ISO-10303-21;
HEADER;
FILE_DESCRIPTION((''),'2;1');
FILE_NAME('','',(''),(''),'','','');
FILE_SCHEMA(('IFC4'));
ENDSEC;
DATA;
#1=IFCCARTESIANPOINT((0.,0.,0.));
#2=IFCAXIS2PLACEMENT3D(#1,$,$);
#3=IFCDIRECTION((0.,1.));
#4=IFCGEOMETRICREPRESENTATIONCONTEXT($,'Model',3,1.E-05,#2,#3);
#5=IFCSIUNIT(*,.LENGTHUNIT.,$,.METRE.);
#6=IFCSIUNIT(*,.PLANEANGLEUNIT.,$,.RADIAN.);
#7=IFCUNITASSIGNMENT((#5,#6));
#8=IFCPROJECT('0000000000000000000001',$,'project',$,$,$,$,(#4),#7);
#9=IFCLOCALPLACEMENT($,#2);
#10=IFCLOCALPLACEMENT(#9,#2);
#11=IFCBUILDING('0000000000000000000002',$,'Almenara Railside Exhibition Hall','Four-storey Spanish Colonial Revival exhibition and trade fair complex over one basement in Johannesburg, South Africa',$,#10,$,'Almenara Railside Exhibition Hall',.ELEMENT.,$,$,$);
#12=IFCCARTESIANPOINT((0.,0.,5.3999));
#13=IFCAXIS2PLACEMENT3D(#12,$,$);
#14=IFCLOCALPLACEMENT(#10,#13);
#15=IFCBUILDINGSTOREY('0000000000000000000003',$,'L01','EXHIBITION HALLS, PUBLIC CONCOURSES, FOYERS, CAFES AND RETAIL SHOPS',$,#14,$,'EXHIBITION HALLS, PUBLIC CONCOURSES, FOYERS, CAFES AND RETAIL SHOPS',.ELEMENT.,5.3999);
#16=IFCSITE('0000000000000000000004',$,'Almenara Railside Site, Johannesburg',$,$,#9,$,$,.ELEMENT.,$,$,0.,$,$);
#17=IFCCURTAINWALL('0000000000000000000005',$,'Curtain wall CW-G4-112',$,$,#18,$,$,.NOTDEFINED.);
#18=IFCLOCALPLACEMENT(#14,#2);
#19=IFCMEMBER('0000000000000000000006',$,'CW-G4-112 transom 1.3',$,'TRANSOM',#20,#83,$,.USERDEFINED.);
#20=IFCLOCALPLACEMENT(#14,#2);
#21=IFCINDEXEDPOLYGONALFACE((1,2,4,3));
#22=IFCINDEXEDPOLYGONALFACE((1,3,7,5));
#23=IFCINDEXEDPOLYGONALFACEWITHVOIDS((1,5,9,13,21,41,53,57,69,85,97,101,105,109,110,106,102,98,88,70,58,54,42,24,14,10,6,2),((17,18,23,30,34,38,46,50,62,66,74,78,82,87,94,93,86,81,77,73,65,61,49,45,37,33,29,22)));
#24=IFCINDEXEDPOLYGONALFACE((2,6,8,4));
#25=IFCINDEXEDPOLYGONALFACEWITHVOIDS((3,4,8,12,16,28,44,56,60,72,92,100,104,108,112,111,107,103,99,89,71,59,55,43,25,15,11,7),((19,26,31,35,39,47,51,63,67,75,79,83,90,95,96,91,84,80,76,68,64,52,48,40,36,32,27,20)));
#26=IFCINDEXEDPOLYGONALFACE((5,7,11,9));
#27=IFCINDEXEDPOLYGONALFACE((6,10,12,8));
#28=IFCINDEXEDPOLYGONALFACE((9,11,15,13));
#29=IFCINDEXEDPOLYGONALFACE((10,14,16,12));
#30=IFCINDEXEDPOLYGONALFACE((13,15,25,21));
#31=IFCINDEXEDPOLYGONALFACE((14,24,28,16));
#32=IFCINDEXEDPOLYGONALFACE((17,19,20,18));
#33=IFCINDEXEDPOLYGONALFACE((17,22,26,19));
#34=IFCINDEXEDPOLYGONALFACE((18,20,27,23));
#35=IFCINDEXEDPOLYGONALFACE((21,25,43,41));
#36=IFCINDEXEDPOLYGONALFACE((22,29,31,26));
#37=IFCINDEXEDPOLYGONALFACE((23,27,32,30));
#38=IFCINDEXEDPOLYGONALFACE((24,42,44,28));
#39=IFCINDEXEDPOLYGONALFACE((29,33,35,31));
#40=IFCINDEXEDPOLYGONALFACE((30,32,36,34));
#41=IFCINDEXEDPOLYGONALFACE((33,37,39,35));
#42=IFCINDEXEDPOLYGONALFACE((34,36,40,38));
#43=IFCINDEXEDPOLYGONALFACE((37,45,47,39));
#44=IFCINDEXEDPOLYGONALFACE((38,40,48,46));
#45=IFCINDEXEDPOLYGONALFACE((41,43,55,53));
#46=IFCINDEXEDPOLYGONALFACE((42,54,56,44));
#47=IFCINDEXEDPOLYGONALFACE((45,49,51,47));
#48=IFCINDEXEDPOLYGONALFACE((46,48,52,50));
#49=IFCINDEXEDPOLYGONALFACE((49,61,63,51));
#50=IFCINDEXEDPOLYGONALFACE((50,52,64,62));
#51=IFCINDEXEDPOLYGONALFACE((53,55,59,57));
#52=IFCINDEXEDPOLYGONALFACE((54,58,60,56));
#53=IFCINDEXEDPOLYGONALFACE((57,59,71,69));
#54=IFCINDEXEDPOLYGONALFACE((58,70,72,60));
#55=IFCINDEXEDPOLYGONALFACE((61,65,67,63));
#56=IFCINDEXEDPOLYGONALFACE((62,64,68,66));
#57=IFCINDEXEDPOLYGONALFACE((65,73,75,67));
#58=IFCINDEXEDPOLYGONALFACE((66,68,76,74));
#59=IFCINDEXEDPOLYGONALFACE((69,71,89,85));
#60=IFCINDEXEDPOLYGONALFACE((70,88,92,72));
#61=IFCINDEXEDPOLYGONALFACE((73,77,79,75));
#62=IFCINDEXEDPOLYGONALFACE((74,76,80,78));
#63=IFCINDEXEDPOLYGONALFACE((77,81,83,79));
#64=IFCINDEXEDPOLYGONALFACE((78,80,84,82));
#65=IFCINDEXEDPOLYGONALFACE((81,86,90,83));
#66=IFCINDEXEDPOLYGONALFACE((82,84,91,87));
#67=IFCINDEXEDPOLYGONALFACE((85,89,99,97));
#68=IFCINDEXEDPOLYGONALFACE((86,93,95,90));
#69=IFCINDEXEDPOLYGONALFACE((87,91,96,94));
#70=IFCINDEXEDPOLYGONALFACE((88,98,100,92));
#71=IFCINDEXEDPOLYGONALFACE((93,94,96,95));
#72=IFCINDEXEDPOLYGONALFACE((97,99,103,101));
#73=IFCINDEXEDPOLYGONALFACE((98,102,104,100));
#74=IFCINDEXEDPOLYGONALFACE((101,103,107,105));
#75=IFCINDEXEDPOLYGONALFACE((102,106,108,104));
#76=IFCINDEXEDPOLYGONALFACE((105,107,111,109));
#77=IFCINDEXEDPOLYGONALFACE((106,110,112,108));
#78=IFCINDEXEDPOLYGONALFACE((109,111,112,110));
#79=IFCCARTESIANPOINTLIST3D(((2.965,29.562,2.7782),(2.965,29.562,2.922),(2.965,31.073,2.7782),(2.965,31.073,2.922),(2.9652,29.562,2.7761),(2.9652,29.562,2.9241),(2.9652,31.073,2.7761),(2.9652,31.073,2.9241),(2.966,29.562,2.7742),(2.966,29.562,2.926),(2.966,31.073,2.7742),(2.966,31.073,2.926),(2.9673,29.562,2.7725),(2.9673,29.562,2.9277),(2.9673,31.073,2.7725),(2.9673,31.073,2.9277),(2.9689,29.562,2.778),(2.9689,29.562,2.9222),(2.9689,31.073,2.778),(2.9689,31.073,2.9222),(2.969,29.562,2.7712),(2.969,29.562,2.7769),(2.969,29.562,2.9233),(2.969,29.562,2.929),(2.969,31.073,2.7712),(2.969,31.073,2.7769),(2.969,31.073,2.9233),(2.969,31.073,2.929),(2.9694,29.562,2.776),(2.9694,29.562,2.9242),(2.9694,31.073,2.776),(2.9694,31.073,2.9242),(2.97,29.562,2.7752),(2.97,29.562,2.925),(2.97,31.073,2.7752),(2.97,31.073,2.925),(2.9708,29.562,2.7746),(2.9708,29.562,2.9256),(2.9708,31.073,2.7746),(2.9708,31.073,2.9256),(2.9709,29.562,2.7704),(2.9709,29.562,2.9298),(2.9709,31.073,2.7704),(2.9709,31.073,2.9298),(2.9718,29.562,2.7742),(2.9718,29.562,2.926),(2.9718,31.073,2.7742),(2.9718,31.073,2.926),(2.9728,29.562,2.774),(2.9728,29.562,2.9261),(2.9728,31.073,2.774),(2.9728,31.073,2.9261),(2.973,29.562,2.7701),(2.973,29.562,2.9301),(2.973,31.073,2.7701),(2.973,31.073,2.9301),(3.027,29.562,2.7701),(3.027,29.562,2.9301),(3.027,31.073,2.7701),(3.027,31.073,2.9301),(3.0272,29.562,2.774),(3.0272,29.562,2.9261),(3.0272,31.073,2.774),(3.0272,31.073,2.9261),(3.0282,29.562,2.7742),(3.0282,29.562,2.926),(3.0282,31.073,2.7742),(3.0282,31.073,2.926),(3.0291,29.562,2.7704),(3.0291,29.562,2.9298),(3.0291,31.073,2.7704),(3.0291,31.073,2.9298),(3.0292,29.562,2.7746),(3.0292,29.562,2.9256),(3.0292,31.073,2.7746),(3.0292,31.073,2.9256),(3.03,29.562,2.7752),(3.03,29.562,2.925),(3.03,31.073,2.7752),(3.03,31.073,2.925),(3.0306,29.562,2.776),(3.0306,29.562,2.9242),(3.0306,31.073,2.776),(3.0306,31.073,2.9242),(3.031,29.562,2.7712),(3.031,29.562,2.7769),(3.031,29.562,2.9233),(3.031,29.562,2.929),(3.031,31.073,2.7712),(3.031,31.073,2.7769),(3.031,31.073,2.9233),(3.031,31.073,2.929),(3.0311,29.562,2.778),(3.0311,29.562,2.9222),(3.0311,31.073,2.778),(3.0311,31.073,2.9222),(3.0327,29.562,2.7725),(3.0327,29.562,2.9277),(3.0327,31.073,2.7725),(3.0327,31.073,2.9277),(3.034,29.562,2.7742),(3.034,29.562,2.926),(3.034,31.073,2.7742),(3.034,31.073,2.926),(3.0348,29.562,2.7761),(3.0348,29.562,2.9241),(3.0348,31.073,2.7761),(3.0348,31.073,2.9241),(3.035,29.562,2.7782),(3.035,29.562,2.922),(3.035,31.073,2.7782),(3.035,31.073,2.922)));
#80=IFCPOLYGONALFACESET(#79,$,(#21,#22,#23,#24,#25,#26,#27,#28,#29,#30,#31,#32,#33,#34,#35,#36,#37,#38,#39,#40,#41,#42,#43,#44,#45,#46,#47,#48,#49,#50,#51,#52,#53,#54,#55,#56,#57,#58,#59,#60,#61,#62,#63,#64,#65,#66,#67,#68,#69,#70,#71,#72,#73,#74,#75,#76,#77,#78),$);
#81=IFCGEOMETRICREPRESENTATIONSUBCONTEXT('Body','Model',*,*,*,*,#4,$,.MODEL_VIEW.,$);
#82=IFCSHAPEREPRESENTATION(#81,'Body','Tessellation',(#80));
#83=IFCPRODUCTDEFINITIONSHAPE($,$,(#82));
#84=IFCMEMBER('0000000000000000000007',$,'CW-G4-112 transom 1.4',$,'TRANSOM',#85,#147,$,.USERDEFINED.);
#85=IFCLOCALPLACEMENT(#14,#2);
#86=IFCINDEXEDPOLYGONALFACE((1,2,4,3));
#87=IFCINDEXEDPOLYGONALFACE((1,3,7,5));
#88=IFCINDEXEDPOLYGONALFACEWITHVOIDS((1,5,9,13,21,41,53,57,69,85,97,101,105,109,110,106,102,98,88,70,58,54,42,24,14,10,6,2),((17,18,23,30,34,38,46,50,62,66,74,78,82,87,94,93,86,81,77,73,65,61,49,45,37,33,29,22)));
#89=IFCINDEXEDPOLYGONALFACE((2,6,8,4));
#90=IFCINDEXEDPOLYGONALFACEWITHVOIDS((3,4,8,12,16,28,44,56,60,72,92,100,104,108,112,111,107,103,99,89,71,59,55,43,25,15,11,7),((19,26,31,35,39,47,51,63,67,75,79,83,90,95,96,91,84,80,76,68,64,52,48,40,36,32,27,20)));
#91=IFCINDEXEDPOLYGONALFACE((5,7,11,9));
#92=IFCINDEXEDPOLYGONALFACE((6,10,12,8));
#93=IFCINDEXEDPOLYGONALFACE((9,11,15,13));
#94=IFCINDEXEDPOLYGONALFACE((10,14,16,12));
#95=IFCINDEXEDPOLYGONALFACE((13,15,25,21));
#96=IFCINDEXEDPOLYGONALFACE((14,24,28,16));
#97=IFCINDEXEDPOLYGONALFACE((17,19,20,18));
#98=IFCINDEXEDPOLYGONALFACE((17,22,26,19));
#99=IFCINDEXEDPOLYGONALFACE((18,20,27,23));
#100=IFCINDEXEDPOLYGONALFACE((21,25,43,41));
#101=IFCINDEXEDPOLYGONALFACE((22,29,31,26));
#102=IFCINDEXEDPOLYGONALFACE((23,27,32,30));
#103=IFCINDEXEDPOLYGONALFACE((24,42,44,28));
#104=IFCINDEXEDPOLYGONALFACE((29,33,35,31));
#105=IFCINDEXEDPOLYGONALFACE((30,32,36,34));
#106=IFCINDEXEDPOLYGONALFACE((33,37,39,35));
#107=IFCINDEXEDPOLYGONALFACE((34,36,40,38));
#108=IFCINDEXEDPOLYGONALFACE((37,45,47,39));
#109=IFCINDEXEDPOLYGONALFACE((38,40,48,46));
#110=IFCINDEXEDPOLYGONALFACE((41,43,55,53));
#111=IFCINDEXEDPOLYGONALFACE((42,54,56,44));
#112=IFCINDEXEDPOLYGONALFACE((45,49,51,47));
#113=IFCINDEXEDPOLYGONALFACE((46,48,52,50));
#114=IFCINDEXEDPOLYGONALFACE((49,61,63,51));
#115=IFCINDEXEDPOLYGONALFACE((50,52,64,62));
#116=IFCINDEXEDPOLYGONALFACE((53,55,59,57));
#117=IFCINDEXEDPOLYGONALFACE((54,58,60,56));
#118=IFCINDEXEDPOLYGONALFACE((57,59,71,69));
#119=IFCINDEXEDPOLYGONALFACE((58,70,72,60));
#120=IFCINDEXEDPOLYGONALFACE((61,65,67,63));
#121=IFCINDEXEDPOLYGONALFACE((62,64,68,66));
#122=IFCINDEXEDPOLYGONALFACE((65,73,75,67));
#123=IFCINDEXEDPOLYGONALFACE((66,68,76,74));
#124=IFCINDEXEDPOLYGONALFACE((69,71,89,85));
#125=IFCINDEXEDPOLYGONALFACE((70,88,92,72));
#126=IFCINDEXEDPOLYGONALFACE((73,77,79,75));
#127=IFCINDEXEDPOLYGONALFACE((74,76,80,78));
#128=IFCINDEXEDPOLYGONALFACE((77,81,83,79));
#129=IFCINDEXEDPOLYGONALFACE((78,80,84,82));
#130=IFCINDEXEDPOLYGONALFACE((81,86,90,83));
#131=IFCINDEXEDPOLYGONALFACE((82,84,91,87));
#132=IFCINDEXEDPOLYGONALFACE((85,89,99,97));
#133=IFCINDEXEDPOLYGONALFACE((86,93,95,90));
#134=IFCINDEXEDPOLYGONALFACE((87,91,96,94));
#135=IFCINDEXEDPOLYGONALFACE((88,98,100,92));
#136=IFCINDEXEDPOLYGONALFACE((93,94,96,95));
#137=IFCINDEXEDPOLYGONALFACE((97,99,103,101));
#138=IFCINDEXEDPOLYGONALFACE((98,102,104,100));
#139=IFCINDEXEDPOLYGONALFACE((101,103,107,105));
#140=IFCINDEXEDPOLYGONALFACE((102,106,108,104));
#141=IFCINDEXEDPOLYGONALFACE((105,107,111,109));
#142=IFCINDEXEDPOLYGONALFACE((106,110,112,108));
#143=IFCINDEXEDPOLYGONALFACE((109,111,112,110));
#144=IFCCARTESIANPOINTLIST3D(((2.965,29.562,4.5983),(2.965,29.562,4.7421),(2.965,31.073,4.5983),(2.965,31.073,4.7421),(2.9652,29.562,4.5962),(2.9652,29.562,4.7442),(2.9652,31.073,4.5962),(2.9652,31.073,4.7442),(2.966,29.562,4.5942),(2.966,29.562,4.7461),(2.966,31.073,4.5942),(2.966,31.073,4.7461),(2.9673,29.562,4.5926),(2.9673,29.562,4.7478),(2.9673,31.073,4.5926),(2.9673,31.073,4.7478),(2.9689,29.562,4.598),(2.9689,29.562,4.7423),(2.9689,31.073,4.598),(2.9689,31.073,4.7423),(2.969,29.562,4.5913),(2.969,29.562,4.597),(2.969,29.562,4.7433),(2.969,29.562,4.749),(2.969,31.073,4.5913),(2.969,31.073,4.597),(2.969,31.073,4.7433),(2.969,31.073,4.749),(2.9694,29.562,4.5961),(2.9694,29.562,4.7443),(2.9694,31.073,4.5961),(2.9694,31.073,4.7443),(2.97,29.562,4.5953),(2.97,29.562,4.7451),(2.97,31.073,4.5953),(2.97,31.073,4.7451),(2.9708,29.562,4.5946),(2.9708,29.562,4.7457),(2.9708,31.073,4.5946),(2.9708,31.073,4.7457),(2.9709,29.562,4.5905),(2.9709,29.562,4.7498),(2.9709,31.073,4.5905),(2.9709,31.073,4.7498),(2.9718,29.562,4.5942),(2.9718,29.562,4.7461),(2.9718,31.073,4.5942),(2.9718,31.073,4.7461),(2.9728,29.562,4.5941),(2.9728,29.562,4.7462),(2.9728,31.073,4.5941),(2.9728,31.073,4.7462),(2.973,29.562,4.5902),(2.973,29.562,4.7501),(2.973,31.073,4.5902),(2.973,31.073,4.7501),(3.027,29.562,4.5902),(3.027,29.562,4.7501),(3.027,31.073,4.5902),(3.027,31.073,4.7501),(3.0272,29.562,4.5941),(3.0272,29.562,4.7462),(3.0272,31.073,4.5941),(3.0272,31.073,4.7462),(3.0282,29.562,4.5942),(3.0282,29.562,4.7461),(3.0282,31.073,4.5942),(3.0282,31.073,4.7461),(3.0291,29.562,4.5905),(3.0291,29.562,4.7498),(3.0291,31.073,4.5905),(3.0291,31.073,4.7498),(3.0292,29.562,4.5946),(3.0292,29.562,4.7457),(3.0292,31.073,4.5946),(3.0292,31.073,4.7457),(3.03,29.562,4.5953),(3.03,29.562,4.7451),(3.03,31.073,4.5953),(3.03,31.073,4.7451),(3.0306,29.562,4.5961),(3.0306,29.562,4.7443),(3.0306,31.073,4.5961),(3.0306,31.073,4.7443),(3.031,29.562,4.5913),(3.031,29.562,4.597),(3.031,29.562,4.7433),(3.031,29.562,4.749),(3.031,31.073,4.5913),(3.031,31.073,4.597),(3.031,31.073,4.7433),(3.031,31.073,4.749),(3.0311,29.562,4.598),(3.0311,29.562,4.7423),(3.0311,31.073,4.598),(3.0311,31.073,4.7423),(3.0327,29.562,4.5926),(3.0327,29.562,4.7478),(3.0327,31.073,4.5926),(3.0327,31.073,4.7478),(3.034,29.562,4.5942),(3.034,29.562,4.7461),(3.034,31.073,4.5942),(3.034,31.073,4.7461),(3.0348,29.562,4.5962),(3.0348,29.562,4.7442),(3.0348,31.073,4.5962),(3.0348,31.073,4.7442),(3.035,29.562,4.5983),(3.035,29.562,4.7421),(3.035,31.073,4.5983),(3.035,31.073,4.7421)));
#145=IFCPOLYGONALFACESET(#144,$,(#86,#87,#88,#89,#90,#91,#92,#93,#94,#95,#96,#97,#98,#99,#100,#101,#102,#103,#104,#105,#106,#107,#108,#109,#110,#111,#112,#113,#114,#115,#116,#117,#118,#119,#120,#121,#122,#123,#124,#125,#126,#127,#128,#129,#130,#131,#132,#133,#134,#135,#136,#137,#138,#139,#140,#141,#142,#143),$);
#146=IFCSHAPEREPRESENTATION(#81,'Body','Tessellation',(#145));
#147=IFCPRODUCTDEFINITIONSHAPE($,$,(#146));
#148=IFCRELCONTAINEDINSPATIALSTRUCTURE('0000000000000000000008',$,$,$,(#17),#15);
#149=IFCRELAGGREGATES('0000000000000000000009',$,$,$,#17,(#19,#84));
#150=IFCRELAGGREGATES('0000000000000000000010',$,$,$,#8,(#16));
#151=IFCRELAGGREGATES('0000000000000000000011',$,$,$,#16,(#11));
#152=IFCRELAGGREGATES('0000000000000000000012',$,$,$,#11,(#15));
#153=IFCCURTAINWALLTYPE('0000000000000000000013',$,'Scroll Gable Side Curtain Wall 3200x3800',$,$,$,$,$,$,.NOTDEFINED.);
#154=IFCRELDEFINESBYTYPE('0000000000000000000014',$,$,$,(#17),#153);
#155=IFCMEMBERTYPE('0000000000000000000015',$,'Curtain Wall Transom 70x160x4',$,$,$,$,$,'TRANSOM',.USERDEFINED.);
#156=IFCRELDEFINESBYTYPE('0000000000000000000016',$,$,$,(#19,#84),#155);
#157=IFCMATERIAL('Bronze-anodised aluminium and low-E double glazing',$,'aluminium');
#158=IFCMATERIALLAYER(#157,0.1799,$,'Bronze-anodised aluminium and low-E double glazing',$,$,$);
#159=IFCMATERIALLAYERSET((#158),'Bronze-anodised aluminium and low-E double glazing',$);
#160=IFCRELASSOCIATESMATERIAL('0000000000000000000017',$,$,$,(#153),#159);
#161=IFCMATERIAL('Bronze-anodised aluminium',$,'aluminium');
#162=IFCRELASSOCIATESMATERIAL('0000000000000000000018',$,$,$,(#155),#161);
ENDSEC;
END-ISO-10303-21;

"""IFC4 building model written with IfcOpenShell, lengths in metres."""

from ifc_helpers import new_model, si_unit, direction, frame, origin, origin_2d, place, context, subcontext, project, spatial, hollow_rectangle, extrude, material, layer, layer_set, material_profile, profile_set, type_object, element, aggregate, save


model = new_model("IFC4")

# Units and contexts
model_context = context("Model", 3, precision=1e-05, world=origin(), true_north=direction((0.0, 1.0)))
body_context = subcontext(model_context, "Body", "Model", "MODEL_VIEW")
ifc_project = project(units=[si_unit("LENGTHUNIT", "METRE"), si_unit("PLANEANGLEUNIT", "RADIAN")], contexts=[model_context])

# Site, building, storey
site_placement = place(None, origin())
site = spatial("IfcSite", under=ifc_project, at=site_placement, Name="Almenara Railside Site, Johannesburg", CompositionType="ELEMENT", RefElevation=0.0)
building_placement = place(site_placement, origin())
building = spatial("IfcBuilding", under=site, at=building_placement, Name="Almenara Railside Exhibition Hall", Description="Four-storey Spanish Colonial Revival exhibition and trade fair complex over one basement in Johannesburg, South Africa", LongName="Almenara Railside Exhibition Hall", CompositionType="ELEMENT")
storey_placement = place(building_placement, frame((0.0, 0.0, 5.3999)))
storey = spatial("IfcBuildingStorey", under=building, at=storey_placement, Name="L01", Description="EXHIBITION HALLS, PUBLIC CONCOURSES, FOYERS, CAFES AND RETAIL SHOPS", LongName="EXHIBITION HALLS, PUBLIC CONCOURSES, FOYERS, CAFES AND RETAIL SHOPS", CompositionType="ELEMENT", Elevation=5.3999)

# Curtain wall
ifc_material_1 = material(Name="Bronze-anodised aluminium and low-E double glazing", Category="aluminium")
ifc_layer_1 = layer(ifc_material_1, 0.1799, Name="Bronze-anodised aluminium and low-E double glazing")
ifc_layer_set_1 = layer_set([ifc_layer_1], Name="Bronze-anodised aluminium and low-E double glazing")
curtain_wall_type = type_object("IfcCurtainWallType", Name="Scroll Gable Side Curtain Wall 3200x3800", PredefinedType="NOTDEFINED", material=ifc_layer_set_1)
ifc_material_2 = material(Name="Bronze-anodised aluminium", Category="aluminium")
curtain_wall_1_placement = place(storey_placement, origin())
curtain_wall_1 = element("IfcCurtainWall", 1, at=curtain_wall_1_placement, inside=storey, type_object=curtain_wall_type, Name="Curtain wall CW-G4-112", PredefinedType="NOTDEFINED")

# Members
ifc_material_profile_1 = material_profile(ifc_material_2, hollow_rectangle(XDim=0.0701, YDim=0.1599, WallThickness=0.0039, InnerFilletRadius=0.0039, OuterFilletRadius=0.0081, at=origin_2d()), Name="ALU-TRN 70x160x4")
ifc_profile_set_1 = profile_set([ifc_material_profile_1], Name="Bronze-anodised aluminium")
member_type_1 = type_object("IfcMemberType", Name="Curtain Wall Transom 70x160x4", ElementType="TRANSOM", PredefinedType="USERDEFINED", material=ifc_profile_set_1)
member_1_placement = place(storey_placement, frame((3.0, 29.562, 2.8501), z_axis=(0.0, 1.0, 0.0), x_axis=(-1.0, 0.0, 0.0)))
member_1 = element("IfcMember", 2, at=member_1_placement, type_object=member_type_1, Name="CW-G4-112 transom 1.3", ObjectType="TRANSOM", PredefinedType="USERDEFINED", context=body_context, shape_type="SweptSolid", body=[
    extrude(hollow_rectangle(XDim=0.0701, YDim=0.1599, WallThickness=0.0039, InnerFilletRadius=0.0039, OuterFilletRadius=0.0081, at=origin_2d()), origin(), (0.0, 0.0, 1.0), 1.511),
])
member_2_placement = place(storey_placement, frame((3.0, 29.562, 4.6702), z_axis=(0.0, 1.0, 0.0), x_axis=(-1.0, 0.0, 0.0)))
member_2 = element("IfcMember", 3, at=member_2_placement, type_object=member_type_1, Name="CW-G4-112 transom 1.4", ObjectType="TRANSOM", PredefinedType="USERDEFINED", context=body_context, shape_type="SweptSolid", body=[
    extrude(hollow_rectangle(XDim=0.0701, YDim=0.1599, WallThickness=0.0039, InnerFilletRadius=0.0039, OuterFilletRadius=0.0081, at=origin_2d()), origin(), (0.0, 0.0, 1.0), 1.511),
])

aggregate(curtain_wall_1, [member_1, member_2])

save(model, "model.ifc")
